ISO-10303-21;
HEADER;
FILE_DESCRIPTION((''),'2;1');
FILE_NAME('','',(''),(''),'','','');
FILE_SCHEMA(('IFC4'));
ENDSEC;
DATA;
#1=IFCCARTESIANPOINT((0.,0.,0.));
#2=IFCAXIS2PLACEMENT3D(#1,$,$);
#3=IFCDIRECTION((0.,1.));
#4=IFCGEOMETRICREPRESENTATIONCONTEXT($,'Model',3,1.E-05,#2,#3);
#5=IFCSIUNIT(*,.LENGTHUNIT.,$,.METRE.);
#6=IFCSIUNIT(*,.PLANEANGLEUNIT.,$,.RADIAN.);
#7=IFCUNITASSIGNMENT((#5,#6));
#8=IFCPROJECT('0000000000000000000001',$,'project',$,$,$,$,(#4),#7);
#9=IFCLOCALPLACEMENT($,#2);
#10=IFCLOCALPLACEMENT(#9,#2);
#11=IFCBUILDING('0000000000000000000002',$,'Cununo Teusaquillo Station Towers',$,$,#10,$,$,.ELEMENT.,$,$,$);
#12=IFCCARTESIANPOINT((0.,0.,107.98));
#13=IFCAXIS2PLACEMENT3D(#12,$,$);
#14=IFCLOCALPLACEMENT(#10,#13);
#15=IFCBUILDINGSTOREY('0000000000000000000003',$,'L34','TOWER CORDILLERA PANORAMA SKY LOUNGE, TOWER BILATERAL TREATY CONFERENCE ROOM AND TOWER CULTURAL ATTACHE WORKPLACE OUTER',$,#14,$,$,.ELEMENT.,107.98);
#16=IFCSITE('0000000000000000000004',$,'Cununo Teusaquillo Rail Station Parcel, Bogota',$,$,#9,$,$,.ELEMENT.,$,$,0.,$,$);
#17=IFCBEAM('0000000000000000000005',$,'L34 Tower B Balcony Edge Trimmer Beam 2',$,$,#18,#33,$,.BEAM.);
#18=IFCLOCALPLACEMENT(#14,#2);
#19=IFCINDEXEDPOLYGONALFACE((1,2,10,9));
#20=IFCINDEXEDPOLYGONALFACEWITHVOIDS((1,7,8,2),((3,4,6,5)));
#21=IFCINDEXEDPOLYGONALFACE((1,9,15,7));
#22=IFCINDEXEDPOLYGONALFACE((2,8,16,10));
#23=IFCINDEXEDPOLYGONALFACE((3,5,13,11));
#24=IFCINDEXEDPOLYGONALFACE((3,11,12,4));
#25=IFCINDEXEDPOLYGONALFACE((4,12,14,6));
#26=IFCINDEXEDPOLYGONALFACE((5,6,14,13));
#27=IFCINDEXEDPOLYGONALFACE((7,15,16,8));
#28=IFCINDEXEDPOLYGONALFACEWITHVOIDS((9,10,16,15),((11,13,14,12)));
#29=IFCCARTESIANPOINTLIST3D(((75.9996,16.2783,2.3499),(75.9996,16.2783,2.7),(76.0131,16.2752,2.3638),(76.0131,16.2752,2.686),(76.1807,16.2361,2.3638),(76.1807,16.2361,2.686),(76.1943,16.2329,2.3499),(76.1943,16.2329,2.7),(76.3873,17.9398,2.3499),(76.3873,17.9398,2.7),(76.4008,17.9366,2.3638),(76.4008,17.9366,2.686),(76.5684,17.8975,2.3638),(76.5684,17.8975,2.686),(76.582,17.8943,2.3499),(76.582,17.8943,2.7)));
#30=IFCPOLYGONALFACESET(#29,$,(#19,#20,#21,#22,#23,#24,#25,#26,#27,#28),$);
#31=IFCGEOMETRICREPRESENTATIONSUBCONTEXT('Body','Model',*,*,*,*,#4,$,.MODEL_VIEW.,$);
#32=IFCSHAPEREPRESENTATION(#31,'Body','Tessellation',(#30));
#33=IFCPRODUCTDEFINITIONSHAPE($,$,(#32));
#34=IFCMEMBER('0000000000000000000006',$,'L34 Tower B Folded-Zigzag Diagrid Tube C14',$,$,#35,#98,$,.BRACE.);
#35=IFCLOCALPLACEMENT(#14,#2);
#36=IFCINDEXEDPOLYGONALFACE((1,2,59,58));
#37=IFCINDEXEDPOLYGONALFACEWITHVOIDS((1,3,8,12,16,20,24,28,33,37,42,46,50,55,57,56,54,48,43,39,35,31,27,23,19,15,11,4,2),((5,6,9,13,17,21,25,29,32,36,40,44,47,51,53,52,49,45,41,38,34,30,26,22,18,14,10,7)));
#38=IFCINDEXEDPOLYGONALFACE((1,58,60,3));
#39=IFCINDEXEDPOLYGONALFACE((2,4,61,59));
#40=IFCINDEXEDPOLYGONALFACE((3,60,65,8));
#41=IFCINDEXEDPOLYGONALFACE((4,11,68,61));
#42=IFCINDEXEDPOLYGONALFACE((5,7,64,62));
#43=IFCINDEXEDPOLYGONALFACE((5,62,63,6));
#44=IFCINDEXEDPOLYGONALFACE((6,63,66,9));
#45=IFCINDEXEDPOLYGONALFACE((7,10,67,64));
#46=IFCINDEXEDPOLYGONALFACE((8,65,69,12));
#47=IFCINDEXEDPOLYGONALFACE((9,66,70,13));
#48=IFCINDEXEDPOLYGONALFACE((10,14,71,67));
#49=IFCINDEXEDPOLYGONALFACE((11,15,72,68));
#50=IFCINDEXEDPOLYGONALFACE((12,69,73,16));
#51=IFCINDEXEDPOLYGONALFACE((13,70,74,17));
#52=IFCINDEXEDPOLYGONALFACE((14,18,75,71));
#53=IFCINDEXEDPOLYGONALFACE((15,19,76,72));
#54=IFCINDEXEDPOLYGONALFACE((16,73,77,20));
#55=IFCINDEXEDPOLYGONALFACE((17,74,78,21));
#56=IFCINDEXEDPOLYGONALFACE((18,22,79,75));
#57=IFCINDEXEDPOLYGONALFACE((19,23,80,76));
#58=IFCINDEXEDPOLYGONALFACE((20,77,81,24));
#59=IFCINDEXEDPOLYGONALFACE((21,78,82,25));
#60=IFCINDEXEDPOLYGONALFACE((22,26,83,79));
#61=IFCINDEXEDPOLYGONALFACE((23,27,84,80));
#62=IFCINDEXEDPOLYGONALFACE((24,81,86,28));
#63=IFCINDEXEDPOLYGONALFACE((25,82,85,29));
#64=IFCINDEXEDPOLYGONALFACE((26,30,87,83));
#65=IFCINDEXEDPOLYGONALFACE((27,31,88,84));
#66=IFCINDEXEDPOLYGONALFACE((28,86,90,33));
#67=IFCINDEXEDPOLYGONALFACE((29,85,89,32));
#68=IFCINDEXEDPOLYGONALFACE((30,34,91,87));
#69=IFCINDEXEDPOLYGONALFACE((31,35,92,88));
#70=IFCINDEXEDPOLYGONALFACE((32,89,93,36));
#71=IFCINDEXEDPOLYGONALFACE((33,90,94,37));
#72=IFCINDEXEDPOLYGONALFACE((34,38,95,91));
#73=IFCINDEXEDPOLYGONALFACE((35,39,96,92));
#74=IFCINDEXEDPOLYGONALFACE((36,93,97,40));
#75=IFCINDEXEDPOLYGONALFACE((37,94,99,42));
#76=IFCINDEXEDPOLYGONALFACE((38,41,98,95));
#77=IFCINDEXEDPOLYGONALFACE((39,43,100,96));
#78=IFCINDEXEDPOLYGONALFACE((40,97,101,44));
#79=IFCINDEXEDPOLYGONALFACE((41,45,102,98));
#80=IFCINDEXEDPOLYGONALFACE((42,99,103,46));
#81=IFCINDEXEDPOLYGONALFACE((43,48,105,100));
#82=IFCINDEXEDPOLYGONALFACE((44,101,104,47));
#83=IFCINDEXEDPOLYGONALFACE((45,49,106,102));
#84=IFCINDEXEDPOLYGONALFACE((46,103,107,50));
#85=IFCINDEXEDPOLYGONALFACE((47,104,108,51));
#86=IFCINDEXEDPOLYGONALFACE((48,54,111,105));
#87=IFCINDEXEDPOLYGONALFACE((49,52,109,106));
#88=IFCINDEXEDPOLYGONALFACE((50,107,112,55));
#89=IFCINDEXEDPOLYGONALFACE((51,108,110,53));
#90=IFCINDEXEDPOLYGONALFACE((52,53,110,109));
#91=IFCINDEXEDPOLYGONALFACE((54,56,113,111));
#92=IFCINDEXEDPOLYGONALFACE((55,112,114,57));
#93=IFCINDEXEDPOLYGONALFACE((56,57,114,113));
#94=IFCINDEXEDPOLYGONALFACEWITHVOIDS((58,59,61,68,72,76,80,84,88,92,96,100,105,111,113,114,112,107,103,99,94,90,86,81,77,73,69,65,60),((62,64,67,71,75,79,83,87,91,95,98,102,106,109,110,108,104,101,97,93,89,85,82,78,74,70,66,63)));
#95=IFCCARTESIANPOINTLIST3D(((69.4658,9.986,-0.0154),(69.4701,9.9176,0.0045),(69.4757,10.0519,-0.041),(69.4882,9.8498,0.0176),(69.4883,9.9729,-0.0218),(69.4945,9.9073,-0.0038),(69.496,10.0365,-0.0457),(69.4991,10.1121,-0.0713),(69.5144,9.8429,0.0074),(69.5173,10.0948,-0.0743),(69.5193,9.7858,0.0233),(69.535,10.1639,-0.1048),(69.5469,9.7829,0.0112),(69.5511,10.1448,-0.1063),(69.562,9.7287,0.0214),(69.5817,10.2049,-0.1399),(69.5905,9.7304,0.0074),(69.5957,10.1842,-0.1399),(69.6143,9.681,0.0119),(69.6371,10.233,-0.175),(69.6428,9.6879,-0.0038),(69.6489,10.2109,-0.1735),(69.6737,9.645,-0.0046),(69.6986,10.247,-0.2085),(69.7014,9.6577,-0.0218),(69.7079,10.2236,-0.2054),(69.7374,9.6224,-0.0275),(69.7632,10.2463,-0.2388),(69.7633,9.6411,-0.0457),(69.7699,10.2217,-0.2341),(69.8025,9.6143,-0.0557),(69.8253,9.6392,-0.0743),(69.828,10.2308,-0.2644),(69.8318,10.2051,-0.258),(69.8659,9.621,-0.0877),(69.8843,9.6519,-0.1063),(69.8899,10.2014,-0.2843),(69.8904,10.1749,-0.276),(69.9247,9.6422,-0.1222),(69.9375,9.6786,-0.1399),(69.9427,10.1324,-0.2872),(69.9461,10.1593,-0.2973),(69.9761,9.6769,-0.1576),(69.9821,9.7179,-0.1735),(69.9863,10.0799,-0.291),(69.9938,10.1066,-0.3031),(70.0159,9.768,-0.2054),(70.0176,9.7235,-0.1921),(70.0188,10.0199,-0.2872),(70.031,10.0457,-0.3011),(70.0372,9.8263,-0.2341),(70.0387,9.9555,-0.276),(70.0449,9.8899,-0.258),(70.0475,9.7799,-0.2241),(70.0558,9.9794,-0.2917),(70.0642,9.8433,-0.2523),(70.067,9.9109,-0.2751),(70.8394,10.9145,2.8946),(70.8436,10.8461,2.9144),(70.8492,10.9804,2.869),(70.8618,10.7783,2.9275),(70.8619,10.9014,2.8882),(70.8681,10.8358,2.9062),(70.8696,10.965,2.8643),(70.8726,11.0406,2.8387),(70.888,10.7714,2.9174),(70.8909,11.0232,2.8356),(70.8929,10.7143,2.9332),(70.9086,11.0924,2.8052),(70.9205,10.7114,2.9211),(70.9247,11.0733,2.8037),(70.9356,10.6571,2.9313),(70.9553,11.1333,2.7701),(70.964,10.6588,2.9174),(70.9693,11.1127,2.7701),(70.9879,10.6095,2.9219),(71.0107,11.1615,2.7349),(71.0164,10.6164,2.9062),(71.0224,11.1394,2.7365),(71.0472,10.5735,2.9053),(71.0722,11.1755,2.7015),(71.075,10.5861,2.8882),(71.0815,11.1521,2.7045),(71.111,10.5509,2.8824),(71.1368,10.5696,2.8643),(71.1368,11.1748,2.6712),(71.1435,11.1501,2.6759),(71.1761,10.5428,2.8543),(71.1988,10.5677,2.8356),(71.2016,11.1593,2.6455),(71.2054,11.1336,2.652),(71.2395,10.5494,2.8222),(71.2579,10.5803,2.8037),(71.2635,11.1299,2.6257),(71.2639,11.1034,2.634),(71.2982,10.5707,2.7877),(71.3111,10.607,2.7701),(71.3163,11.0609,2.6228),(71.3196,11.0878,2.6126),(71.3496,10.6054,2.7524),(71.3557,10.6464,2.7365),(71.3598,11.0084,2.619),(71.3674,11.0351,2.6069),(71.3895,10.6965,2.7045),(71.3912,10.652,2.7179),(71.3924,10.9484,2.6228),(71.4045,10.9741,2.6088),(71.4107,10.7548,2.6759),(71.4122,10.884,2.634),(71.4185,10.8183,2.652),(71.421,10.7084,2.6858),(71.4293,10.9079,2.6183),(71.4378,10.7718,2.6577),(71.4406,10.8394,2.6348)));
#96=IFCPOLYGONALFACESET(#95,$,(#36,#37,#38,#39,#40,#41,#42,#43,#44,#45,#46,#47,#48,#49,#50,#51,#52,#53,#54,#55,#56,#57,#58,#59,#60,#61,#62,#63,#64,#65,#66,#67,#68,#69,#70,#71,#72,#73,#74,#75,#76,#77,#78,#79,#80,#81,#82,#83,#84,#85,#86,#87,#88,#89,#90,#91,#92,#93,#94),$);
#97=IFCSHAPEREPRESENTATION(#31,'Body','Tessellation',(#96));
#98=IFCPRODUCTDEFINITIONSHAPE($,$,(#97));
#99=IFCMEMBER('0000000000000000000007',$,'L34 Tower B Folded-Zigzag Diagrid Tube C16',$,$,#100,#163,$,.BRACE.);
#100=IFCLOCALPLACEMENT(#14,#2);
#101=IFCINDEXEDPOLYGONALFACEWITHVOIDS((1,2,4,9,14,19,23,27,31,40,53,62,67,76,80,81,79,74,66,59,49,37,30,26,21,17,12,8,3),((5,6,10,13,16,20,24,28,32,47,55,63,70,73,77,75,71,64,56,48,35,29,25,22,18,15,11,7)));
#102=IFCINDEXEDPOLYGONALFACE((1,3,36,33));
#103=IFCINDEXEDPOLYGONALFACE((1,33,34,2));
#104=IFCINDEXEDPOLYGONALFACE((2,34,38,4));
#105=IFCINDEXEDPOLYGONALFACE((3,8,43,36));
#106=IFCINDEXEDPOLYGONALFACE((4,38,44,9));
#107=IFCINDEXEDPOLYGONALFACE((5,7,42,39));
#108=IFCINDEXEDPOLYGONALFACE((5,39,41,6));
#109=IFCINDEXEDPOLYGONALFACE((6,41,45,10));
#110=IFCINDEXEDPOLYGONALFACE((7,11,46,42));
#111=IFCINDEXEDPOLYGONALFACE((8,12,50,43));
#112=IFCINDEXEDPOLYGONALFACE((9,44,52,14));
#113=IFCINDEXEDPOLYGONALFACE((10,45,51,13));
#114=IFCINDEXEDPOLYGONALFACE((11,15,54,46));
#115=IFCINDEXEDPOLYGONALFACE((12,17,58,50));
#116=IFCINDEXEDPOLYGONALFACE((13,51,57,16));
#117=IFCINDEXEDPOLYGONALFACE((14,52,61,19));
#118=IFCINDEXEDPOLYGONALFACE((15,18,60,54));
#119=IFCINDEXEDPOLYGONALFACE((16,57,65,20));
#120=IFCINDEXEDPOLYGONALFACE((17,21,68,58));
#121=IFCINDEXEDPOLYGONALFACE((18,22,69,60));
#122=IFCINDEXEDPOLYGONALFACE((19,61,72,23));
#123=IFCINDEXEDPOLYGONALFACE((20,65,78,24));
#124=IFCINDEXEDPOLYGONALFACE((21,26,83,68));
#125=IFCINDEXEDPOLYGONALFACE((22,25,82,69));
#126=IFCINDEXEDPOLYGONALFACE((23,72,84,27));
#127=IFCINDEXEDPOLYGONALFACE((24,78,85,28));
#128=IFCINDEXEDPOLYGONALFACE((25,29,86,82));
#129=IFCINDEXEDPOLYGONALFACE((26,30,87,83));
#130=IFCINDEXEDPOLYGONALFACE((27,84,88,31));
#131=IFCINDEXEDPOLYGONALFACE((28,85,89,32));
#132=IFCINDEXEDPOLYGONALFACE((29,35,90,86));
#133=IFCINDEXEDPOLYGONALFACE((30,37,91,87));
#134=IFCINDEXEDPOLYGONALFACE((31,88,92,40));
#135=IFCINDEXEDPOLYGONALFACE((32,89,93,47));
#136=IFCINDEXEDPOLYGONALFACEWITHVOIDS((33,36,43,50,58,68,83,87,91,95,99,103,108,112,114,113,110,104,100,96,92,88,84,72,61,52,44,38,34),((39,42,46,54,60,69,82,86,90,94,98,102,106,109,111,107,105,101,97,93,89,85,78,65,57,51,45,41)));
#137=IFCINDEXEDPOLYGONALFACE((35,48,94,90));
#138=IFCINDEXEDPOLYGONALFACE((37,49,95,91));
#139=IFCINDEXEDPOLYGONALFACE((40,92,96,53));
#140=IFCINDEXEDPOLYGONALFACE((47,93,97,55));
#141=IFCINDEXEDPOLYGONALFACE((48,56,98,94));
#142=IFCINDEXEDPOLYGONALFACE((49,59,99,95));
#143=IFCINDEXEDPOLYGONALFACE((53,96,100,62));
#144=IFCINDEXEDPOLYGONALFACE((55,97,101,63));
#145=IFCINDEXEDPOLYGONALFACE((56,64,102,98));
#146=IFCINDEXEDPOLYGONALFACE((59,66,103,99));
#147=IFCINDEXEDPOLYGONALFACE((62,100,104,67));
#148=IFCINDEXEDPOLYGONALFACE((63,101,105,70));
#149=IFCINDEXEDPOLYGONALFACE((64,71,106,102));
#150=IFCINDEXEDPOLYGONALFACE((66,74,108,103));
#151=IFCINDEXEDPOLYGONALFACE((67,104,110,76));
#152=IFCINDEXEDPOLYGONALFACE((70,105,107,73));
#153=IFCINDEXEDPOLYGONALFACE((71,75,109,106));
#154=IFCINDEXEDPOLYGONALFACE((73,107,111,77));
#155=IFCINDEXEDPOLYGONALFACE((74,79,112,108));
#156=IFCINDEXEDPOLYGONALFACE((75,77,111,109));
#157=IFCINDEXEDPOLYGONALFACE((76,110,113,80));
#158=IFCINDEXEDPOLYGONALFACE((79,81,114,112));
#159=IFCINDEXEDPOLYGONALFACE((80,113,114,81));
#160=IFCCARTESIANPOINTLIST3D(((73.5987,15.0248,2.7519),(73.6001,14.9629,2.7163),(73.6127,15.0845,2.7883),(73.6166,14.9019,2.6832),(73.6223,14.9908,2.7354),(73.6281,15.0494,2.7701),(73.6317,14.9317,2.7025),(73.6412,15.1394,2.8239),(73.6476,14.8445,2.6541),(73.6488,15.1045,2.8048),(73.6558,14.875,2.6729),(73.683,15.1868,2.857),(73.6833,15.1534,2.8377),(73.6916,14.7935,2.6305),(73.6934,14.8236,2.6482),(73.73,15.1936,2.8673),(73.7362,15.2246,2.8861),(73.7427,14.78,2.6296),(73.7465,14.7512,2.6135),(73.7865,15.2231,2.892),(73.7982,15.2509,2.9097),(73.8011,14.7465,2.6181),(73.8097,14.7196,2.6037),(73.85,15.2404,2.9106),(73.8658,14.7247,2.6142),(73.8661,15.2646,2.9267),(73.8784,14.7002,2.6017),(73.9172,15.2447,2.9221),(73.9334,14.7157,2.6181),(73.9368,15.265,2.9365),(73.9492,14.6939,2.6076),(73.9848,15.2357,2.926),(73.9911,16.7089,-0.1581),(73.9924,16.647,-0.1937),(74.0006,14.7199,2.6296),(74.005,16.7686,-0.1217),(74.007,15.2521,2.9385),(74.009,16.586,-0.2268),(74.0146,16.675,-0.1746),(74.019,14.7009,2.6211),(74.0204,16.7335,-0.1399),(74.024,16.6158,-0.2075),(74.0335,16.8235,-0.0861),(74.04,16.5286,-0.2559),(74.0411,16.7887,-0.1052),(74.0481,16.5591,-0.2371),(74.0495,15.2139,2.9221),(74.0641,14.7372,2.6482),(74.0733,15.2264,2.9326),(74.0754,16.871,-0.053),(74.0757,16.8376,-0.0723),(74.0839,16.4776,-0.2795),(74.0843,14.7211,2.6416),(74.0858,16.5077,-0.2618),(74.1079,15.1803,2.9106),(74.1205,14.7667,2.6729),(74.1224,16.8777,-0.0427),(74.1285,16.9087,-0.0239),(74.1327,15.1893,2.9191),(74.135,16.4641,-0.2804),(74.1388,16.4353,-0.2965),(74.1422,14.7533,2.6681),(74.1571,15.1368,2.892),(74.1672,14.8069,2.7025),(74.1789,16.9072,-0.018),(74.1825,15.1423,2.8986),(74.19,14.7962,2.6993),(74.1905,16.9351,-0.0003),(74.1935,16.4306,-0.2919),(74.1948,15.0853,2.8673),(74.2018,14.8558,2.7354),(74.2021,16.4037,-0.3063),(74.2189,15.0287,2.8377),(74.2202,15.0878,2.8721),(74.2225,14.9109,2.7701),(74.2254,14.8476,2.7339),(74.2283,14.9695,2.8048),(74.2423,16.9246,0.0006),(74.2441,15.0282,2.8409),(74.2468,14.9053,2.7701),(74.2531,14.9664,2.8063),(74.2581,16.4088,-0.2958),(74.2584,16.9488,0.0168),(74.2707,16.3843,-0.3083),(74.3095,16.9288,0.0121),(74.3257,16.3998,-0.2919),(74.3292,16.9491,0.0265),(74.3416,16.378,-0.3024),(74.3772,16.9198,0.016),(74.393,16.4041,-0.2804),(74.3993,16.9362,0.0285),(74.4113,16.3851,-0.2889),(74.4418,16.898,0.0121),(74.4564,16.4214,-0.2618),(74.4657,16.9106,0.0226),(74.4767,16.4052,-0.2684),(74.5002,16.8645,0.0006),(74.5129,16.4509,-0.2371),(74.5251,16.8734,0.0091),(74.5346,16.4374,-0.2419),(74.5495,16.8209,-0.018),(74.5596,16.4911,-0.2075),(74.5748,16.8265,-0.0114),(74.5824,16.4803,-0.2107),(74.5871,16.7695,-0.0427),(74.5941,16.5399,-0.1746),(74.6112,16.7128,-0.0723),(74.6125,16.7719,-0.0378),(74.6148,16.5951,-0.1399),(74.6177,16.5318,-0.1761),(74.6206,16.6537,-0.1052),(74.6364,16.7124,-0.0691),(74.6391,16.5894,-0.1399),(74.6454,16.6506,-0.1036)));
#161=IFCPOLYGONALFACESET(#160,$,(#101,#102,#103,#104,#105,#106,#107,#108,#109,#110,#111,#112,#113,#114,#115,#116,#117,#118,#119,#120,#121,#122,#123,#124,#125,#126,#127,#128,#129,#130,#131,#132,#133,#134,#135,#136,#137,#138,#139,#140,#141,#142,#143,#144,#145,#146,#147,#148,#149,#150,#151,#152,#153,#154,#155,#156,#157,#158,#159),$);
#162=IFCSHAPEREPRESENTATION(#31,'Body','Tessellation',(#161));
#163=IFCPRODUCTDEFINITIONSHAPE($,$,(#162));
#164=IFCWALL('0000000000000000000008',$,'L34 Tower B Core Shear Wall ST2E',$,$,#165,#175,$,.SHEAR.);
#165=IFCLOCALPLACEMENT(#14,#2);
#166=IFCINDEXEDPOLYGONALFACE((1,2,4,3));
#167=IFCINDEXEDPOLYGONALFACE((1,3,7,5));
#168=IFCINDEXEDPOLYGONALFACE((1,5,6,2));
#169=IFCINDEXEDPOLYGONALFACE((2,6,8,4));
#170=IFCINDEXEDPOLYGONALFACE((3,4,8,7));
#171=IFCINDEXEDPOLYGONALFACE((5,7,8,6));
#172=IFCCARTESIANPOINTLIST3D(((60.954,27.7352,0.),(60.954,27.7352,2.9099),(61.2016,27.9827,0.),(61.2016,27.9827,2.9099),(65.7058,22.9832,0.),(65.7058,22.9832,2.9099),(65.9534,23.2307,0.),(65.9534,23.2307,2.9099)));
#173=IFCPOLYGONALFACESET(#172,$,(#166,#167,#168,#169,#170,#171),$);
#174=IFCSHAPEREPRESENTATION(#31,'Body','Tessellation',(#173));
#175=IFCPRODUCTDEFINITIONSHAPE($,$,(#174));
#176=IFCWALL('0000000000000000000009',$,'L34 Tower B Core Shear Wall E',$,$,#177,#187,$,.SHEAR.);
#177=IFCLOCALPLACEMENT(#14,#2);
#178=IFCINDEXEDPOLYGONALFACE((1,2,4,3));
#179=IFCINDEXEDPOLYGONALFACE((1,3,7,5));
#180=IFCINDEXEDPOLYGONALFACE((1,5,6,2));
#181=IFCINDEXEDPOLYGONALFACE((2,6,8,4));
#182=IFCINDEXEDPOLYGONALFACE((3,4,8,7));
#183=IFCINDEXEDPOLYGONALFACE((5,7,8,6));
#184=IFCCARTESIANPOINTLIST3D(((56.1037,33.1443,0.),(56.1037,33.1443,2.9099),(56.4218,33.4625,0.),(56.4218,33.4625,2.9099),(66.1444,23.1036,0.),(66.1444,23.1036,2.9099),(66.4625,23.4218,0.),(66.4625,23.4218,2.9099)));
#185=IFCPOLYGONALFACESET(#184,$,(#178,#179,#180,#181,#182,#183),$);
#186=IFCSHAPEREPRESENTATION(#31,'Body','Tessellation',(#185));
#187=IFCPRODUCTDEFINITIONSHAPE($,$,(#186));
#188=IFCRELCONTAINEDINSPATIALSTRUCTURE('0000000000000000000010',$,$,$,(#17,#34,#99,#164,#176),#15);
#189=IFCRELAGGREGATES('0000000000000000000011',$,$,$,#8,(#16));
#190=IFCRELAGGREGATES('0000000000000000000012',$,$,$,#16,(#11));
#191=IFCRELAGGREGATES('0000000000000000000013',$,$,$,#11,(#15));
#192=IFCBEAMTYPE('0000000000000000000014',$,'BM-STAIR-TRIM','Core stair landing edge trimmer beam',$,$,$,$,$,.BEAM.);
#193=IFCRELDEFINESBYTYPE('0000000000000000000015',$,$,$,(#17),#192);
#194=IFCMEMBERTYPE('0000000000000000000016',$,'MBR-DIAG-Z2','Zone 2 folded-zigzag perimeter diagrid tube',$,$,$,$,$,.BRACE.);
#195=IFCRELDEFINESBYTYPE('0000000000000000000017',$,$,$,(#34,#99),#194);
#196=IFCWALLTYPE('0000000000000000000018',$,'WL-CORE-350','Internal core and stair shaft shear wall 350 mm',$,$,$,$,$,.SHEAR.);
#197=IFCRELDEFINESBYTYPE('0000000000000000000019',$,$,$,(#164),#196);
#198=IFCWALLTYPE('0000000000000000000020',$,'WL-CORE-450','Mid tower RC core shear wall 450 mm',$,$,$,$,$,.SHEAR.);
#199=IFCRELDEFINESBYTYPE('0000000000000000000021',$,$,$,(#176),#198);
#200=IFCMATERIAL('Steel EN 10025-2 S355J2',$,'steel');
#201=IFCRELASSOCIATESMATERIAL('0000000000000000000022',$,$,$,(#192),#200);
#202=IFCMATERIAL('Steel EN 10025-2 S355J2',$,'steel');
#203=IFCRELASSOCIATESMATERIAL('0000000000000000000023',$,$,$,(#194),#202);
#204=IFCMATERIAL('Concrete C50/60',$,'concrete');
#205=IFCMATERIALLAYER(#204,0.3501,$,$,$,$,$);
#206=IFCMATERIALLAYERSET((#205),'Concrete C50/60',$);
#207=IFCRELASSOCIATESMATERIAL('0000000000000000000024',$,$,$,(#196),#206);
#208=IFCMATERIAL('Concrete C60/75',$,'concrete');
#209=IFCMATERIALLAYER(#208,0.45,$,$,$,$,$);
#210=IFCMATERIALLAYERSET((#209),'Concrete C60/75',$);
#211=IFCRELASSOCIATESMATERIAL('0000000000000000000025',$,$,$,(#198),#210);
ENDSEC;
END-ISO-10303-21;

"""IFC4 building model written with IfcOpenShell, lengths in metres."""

from ifc_helpers import new_model, si_unit, direction, frame, frame_2d, origin, origin_2d, place, context, subcontext, project, spatial, rectangle, hollow_rectangle, hollow_circle, extrude, material, layer, layer_set, material_profile, profile_set, type_object, element, save


model = new_model("IFC4")

# Units and contexts
model_context = context("Model", 3, precision=1e-05, world=origin(), true_north=direction((0.0, 1.0)))
body_context = subcontext(model_context, "Body", "Model", "MODEL_VIEW")
ifc_project = project(units=[si_unit("LENGTHUNIT", "METRE"), si_unit("PLANEANGLEUNIT", "RADIAN")], contexts=[model_context])

# Site, building, storey
site_placement = place(None, origin())
site = spatial("IfcSite", under=ifc_project, at=site_placement, Name="Cununo Teusaquillo Rail Station Parcel, Bogota", CompositionType="ELEMENT", RefElevation=0.0)
building_placement = place(site_placement, origin())
building = spatial("IfcBuilding", under=site, at=building_placement, Name="Cununo Teusaquillo Station Towers", CompositionType="ELEMENT")
storey_placement = place(building_placement, frame((0.0, 0.0, 107.98)))
storey = spatial("IfcBuildingStorey", under=building, at=storey_placement, Name="L34", Description="TOWER CORDILLERA PANORAMA SKY LOUNGE, TOWER BILATERAL TREATY CONFERENCE ROOM AND TOWER CULTURAL ATTACHE WORKPLACE OUTER", CompositionType="ELEMENT", Elevation=107.98)

# Beam
ifc_material_1 = material(Name="Steel EN 10025-2 S355J2", Category="steel")
ifc_material_profile_1 = material_profile(ifc_material_1, hollow_rectangle(XDim=0.2, YDim=0.3501, WallThickness=0.0139, at=origin_2d()), Name="RHS 350x200x14")
ifc_profile_set_1 = profile_set([ifc_material_profile_1], Name="Steel EN 10025-2 S355J2")
beam_type_1 = type_object("IfcBeamType", Name="BM-STAIR-TRIM", Description="Core stair landing edge trimmer beam", PredefinedType="BEAM", material=ifc_profile_set_1)
beam_1_placement = place(storey_placement, frame((76.0969, 16.2556, 2.5249), z_axis=(0.227252, 0.973836, 0.0), x_axis=(-0.973836, 0.227252, 0.0)))
element("IfcBeam", 1, at=beam_1_placement, inside=storey, type_object=beam_type_1, Name="L34 Tower B Balcony Edge Trimmer Beam 2", PredefinedType="BEAM", context=body_context, shape_type="SweptSolid", body=[
    extrude(hollow_rectangle(XDim=0.2, YDim=0.3501, WallThickness=0.0139, at=origin_2d()), origin(), (0.0, 0.0, 1.0), 1.7061),
])

# Members
ifc_material_2 = material(Name="Steel EN 10025-2 S355J2", Category="steel")
ifc_material_profile_2 = material_profile(ifc_material_2, hollow_circle(Radius=0.3301, WallThickness=0.0249, at=origin_2d()), Name="CHS 660x25")
ifc_profile_set_2 = profile_set([ifc_material_profile_2], Name="Steel EN 10025-2 S355J2")
member_type = type_object("IfcMemberType", Name="MBR-DIAG-Z2", Description="Zone 2 folded-zigzag perimeter diagrid tube", PredefinedType="BRACE", material=ifc_profile_set_2)
member_1_placement = place(storey_placement, frame((69.7666, 9.9314, -0.1399), z_axis=(0.410125, 0.277232, 0.868873), x_axis=(-0.560024, 0.828476, 0.0)))
element("IfcMember", 2, at=member_1_placement, inside=storey, type_object=member_type, Name="L34 Tower B Folded-Zigzag Diagrid Tube C14", PredefinedType="BRACE", context=body_context, shape_type="SweptSolid", body=[
    extrude(hollow_circle(Radius=0.3301, WallThickness=0.0249, at=origin_2d()), origin(), (0.0, 0.0, 1.0), 3.3491),
])
member_2_placement = place(storey_placement, frame((74.3176, 16.6643, -0.1399), z_axis=(-0.115907, -0.497526, 0.859671), x_axis=(0.97392, -0.22689, 0.0)))
element("IfcMember", 3, at=member_2_placement, inside=storey, type_object=member_type, Name="L34 Tower B Folded-Zigzag Diagrid Tube C16", PredefinedType="BRACE", context=body_context, shape_type="SweptSolid", body=[
    extrude(hollow_circle(Radius=0.3301, WallThickness=0.0249, at=origin_2d()), origin(), (0.0, 0.0, 1.0), 3.385),
])

# Walls
ifc_material_3 = material(Name="Concrete C50/60", Category="concrete")
ifc_layer_1 = layer(ifc_material_3, 0.3501)
ifc_layer_set_1 = layer_set([ifc_layer_1], Name="Concrete C50/60")
wall_type_1 = type_object("IfcWallType", Name="WL-CORE-350", Description="Internal core and stair shaft shear wall 350 mm", PredefinedType="SHEAR", material=ifc_layer_set_1)
wall_1_placement = place(storey_placement, frame((65.8296, 23.1069, 0.0), z_axis=(0.0, 0.0, 1.0), x_axis=(-0.707089, 0.707125, 0.0)))
element("IfcWall", 4, at=wall_1_placement, inside=storey, type_object=wall_type_1, Name="L34 Tower B Core Shear Wall ST2E", PredefinedType="SHEAR", context=body_context, shape_type="SweptSolid", body=[
    extrude(rectangle(XDim=6.7202, YDim=0.3501, at=frame_2d((3.3601, 0.0))), origin(), (0.0, 0.0, 1.0), 2.9099),
])
ifc_material_4 = material(Name="Concrete C60/75", Category="concrete")
ifc_layer_2 = layer(ifc_material_4, 0.45)
ifc_layer_set_2 = layer_set([ifc_layer_2], Name="Concrete C60/75")
wall_type_2 = type_object("IfcWallType", Name="WL-CORE-450", Description="Mid tower RC core shear wall 450 mm", PredefinedType="SHEAR", material=ifc_layer_set_2)
wall_2_placement = place(storey_placement, frame((66.3035, 23.2627, 0.0), z_axis=(0.0, 0.0, 1.0), x_axis=(-0.707107, 0.707107, 0.0)))
element("IfcWall", 5, at=wall_2_placement, inside=storey, type_object=wall_type_2, Name="L34 Tower B Core Shear Wall E", PredefinedType="SHEAR", context=body_context, shape_type="SweptSolid", body=[
    extrude(rectangle(XDim=14.1997, YDim=0.45, at=frame_2d((7.0999, 0.0))), origin(), (0.0, 0.0, 1.0), 2.9099),
])

save(model, "model.ifc")
